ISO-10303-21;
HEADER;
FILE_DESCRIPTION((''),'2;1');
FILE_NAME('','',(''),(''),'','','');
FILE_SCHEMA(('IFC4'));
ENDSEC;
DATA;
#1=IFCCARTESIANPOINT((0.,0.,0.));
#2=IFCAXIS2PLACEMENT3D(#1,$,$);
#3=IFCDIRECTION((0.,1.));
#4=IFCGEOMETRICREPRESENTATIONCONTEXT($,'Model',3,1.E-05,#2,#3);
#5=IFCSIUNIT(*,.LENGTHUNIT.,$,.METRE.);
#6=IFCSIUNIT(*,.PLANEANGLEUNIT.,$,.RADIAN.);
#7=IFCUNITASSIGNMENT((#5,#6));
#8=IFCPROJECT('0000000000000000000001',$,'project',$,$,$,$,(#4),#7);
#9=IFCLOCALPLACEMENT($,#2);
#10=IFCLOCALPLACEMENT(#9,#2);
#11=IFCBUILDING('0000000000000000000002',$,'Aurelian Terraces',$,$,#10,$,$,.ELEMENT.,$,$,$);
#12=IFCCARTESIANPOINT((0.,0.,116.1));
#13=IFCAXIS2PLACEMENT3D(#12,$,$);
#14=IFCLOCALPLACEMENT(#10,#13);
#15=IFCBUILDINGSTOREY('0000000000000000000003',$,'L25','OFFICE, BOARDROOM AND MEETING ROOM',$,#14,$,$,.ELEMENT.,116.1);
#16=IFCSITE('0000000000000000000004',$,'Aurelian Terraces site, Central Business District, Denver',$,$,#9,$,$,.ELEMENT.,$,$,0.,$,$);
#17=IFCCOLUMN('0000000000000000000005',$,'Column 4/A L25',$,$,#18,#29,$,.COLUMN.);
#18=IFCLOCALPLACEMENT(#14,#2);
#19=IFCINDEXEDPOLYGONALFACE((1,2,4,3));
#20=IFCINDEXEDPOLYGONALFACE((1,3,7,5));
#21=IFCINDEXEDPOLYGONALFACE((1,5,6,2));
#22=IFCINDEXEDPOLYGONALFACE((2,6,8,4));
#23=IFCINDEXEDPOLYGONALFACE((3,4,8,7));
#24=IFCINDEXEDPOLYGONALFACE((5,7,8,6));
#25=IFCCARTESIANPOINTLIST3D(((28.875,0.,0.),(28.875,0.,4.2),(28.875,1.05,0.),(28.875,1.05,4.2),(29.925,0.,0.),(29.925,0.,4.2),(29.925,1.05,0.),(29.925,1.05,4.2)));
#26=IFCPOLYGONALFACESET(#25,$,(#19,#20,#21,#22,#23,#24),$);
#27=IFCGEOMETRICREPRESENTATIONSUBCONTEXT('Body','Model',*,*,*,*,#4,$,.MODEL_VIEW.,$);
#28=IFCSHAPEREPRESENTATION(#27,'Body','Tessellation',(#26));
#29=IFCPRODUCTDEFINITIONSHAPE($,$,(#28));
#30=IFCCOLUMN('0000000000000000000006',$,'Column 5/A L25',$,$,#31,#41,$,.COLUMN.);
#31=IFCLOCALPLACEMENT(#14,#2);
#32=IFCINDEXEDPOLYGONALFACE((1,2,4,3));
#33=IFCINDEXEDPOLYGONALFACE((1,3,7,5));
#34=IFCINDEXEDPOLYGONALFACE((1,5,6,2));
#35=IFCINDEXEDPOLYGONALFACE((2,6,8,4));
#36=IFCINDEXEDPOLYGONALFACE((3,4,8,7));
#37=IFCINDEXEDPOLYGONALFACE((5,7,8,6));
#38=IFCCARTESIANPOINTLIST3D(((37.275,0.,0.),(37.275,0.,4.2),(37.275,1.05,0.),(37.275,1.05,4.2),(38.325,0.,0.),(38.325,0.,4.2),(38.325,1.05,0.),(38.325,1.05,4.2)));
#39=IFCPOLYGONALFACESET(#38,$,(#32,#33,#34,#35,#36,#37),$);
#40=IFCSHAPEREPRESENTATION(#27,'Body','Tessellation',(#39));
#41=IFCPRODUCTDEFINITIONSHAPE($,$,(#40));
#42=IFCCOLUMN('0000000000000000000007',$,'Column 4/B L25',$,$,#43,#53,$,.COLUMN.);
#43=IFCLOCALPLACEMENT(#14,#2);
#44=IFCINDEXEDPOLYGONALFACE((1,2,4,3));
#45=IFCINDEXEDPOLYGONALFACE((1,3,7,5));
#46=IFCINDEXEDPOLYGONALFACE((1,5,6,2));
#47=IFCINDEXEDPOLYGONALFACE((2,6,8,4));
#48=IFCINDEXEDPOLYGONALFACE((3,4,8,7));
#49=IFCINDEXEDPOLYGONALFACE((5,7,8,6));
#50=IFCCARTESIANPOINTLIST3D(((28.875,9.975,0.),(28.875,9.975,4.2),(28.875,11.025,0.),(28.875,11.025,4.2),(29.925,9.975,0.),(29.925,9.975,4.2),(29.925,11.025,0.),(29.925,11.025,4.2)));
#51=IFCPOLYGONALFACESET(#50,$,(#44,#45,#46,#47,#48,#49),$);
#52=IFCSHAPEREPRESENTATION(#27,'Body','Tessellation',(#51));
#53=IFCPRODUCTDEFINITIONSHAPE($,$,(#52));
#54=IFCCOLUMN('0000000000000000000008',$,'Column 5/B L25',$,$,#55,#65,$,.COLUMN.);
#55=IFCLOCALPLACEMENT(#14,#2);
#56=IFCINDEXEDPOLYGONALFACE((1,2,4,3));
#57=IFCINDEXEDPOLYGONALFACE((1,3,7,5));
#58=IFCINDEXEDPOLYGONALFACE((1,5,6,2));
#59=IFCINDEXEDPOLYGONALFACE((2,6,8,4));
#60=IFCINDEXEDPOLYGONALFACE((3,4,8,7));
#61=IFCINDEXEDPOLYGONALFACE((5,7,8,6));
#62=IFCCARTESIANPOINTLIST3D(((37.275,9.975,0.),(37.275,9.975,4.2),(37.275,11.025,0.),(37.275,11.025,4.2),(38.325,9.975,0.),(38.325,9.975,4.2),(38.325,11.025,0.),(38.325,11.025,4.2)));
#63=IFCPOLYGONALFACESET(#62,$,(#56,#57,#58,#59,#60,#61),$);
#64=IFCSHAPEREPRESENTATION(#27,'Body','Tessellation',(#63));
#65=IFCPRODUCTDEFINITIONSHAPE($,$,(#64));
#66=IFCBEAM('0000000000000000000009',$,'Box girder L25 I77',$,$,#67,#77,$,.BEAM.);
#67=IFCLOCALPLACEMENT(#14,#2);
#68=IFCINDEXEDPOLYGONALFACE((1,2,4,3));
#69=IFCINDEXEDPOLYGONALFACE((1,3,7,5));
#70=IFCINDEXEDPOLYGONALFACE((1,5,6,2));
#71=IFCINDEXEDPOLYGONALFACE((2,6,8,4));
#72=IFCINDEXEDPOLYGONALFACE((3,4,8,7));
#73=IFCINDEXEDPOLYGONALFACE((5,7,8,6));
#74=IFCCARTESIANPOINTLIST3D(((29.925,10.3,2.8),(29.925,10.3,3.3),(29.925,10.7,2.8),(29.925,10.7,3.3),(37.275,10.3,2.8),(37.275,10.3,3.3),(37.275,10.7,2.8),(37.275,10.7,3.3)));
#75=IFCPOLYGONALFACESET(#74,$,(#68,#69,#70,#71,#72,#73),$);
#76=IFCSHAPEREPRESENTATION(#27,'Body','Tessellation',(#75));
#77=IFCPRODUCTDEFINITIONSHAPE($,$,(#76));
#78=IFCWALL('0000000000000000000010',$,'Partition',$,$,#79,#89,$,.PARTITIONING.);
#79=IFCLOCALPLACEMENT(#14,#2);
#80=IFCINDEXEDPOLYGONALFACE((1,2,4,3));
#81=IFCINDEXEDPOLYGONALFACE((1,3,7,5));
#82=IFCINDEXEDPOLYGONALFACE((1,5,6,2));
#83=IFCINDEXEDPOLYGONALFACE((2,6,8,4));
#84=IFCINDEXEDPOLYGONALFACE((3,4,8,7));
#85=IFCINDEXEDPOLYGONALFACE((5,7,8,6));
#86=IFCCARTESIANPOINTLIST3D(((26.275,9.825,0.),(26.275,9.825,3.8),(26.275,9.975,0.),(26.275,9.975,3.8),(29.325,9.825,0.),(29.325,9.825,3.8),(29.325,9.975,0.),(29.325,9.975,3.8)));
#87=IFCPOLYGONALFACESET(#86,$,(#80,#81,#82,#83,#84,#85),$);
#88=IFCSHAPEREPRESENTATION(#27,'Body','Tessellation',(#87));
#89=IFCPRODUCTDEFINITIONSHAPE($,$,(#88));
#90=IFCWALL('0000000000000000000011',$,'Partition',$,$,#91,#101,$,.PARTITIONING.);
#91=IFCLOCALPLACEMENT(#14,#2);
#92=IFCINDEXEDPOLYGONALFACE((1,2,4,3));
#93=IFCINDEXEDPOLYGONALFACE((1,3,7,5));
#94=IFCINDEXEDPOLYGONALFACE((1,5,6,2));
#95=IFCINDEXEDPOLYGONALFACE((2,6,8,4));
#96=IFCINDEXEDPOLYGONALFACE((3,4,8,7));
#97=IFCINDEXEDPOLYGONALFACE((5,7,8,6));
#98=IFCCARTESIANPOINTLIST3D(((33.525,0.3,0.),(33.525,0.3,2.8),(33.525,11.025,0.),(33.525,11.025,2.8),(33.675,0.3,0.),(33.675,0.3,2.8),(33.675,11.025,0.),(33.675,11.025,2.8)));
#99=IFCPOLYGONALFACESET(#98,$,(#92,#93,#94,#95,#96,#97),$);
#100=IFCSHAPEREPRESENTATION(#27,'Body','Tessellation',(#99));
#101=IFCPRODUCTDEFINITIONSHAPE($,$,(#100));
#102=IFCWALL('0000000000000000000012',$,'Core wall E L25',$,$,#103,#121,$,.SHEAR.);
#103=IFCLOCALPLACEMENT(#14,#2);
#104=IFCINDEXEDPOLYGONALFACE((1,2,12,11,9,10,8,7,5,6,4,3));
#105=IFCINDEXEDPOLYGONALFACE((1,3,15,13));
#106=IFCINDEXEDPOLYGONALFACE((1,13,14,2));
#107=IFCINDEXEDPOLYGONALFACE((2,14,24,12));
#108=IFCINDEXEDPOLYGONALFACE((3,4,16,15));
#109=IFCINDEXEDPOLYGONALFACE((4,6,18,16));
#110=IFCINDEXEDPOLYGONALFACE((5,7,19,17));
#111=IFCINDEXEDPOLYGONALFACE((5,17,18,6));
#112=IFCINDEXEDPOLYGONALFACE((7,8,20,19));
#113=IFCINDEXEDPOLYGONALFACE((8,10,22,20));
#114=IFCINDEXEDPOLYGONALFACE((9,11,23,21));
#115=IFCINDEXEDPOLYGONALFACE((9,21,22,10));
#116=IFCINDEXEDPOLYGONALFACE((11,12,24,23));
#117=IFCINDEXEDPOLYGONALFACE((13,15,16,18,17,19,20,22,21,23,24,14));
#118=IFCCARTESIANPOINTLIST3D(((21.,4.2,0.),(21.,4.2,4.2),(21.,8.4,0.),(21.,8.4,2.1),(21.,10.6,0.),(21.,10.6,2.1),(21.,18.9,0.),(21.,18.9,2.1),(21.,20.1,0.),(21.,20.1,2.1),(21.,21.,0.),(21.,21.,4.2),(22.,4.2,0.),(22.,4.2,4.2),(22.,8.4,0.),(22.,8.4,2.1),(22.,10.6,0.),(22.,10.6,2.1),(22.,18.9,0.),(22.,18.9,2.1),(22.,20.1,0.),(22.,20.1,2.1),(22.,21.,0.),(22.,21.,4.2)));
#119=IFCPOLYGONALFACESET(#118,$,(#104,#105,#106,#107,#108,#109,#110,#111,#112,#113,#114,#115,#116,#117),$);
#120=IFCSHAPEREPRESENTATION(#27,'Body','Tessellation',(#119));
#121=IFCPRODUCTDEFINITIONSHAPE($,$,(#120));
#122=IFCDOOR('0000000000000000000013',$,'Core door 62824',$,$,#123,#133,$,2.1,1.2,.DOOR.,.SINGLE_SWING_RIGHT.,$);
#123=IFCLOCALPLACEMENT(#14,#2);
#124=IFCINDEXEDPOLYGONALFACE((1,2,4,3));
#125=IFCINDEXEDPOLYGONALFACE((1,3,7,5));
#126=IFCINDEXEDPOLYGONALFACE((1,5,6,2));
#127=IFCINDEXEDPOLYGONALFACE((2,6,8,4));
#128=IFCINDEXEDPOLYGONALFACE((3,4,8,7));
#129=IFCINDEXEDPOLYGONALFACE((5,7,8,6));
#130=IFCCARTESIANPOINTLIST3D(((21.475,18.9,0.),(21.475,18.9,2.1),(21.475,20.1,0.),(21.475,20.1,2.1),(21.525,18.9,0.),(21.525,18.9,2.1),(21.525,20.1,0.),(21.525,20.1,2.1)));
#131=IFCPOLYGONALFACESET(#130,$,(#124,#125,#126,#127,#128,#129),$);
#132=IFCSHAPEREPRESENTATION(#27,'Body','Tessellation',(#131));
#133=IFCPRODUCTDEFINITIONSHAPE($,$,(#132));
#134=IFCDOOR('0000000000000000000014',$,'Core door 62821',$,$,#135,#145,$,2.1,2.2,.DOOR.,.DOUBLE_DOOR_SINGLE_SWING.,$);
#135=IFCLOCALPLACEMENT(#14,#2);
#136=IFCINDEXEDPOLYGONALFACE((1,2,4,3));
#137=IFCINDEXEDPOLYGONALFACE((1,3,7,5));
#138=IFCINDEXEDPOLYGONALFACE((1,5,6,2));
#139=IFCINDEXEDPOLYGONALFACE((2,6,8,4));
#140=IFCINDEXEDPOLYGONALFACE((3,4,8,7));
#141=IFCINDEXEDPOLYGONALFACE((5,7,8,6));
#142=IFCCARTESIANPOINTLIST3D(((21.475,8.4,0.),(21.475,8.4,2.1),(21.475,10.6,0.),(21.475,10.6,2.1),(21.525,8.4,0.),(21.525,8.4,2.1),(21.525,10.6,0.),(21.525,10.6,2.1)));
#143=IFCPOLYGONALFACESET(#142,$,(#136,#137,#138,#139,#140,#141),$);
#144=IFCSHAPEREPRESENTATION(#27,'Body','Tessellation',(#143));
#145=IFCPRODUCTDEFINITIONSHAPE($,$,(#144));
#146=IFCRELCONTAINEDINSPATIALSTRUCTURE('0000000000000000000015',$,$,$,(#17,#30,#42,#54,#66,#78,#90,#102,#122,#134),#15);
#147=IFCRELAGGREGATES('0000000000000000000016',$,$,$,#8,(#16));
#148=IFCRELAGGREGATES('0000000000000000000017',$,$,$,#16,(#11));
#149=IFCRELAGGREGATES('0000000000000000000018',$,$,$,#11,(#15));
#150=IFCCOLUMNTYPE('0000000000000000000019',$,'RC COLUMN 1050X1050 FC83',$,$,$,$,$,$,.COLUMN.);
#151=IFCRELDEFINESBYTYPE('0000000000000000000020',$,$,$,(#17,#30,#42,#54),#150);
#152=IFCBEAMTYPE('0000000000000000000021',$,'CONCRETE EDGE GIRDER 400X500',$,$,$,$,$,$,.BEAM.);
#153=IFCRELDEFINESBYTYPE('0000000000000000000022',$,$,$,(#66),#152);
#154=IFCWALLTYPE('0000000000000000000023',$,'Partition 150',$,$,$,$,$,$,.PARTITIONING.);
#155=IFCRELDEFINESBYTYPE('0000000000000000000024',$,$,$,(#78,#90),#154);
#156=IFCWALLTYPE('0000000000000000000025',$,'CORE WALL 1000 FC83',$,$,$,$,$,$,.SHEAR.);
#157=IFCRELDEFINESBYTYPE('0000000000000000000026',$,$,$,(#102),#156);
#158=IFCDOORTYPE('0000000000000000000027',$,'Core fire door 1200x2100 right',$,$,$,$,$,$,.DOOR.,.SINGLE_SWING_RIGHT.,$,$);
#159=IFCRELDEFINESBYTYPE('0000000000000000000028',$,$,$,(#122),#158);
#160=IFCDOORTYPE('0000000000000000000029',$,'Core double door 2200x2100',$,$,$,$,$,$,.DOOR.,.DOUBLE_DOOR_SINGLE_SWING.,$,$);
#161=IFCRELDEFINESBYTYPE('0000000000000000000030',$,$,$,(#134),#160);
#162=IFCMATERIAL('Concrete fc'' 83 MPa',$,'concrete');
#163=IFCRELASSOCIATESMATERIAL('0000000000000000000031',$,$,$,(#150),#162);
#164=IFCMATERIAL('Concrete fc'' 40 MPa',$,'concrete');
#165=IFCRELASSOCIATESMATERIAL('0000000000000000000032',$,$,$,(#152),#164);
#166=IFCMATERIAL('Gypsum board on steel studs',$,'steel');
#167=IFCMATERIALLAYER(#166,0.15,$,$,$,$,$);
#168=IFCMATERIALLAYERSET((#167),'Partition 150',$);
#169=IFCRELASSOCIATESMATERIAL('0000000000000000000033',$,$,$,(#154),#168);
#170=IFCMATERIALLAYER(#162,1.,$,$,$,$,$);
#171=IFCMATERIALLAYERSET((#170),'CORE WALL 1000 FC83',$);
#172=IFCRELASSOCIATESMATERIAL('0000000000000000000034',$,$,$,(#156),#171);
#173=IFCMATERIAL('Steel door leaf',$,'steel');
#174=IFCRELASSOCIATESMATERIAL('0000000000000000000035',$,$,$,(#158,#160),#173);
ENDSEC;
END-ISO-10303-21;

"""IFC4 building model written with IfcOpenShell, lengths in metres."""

from ifc_helpers import new_model, si_unit, direction, frame, frame_2d, origin, origin_2d, place, context, subcontext, project, spatial, rectangle, extrude, source, transform, mapped, material, layer, layer_set, material_profile, profile_set, type_object, element, fill, save


model = new_model("IFC4")

# Units and contexts
model_context = context("Model", 3, precision=1e-05, world=origin(), true_north=direction((0.0, 1.0)))
body_context = subcontext(model_context, "Body", "Model", "MODEL_VIEW")
ifc_project = project(units=[si_unit("LENGTHUNIT", "METRE"), si_unit("PLANEANGLEUNIT", "RADIAN")], contexts=[model_context])

# Site, building, storey
site_placement = place(None, origin())
site = spatial("IfcSite", under=ifc_project, at=site_placement, Name="Aurelian Terraces site, Central Business District, Denver", CompositionType="ELEMENT", RefElevation=0.0)
building_placement = place(site_placement, origin())
building = spatial("IfcBuilding", under=site, at=building_placement, Name="Aurelian Terraces", CompositionType="ELEMENT")
storey_placement = place(building_placement, frame((0.0, 0.0, 116.1)))
storey = spatial("IfcBuildingStorey", under=building, at=storey_placement, Name="L25", Description="OFFICE, BOARDROOM AND MEETING ROOM", CompositionType="ELEMENT", Elevation=116.1)

# Columns
ifc_material_1 = material(Name="Concrete fc' 83 MPa", Category="concrete")
ifc_material_profile_1 = material_profile(ifc_material_1, rectangle(XDim=1.05, YDim=1.05, at=origin_2d()))
ifc_profile_set_1 = profile_set([ifc_material_profile_1], Name="Concrete fc' 83 MPa")
column_type = type_object("IfcColumnType", Name="RC COLUMN 1050X1050 FC83", PredefinedType="COLUMN", material=ifc_profile_set_1)
shared_shape_1 = source(origin(), body_context, "Body", "SweptSolid", [
    extrude(rectangle(XDim=1.05, YDim=1.05, at=origin_2d()), origin(), (0.0, 0.0, 1.0), 4.2),
])
for number, where, z_axis, x_axis, name in (
    (1, (29.4, 0.525, 0.0), (0.0, 0.0, 1.0), (1.0, 0.0, 0.0), "Column 4/A L25"),
    (2, (37.8, 0.525, 0.0), (0.0, 0.0, 1.0), (1.0, 0.0, 0.0), "Column 5/A L25"),
    (3, (29.4, 10.5, 0.0), (0.0, 0.0, 1.0), (1.0, 0.0, 0.0), "Column 4/B L25"),
    (4, (37.8, 10.5, 0.0), (0.0, 0.0, 1.0), (1.0, 0.0, 0.0), "Column 5/B L25"),
):
    element("IfcColumn", number, at=place(storey_placement, frame(where, z_axis=z_axis, x_axis=x_axis)), inside=storey, type_object=column_type, Name=name, PredefinedType="COLUMN", context=body_context, shape_type="MappedRepresentation", body=[
        mapped(shared_shape_1, transform((0.0, 0.0, 0.0), scale=1.0)),
    ])

# Beam
ifc_material_2 = material(Name="Concrete fc' 40 MPa", Category="concrete")
ifc_material_profile_2 = material_profile(ifc_material_2, rectangle(XDim=0.4, YDim=0.5, at=origin_2d()))
ifc_profile_set_2 = profile_set([ifc_material_profile_2], Name="Concrete fc' 40 MPa")
beam_type = type_object("IfcBeamType", Name="CONCRETE EDGE GIRDER 400X500", PredefinedType="BEAM", material=ifc_profile_set_2)
shared_shape_2 = source(origin(), body_context, "Body", "SweptSolid", [
    extrude(rectangle(XDim=0.4, YDim=0.5, at=origin_2d()), origin(), (0.0, 0.0, 1.0), 7.35),
])
beam_placement = place(storey_placement, frame((29.925, 10.5, 3.05), z_axis=(1.0, 0.0, 0.0), x_axis=(0.0, 1.0, 0.0)))
element("IfcBeam", 5, at=beam_placement, inside=storey, type_object=beam_type, Name="Box girder L25 I77", PredefinedType="BEAM", context=body_context, shape_type="MappedRepresentation", body=[
    mapped(shared_shape_2, transform((0.0, 0.0, 0.0), scale=1.0)),
])

# Walls
ifc_material_3 = material(Name="Gypsum board on steel studs", Category="steel")
ifc_layer_1 = layer(ifc_material_3, 0.15)
ifc_layer_set_1 = layer_set([ifc_layer_1], Name="Partition 150")
wall_type_1 = type_object("IfcWallType", Name="Partition 150", PredefinedType="PARTITIONING", material=ifc_layer_set_1)
wall_1_placement = place(storey_placement, frame((29.325, 9.9, 0.0), z_axis=(0.0, 0.0, 1.0), x_axis=(-1.0, 0.0, 0.0)))
element("IfcWall", 6, at=wall_1_placement, inside=storey, type_object=wall_type_1, Name="Partition", PredefinedType="PARTITIONING", context=body_context, shape_type="SweptSolid", body=[
    extrude(rectangle(XDim=3.05, YDim=0.15, at=frame_2d((1.525, 0.0))), origin(), (0.0, 0.0, 1.0), 3.8),
])
wall_2_placement = place(storey_placement, frame((33.6, 0.3, 0.0), z_axis=(0.0, 0.0, 1.0), x_axis=(0.0, 1.0, 0.0)))
element("IfcWall", 7, at=wall_2_placement, inside=storey, type_object=wall_type_1, Name="Partition", PredefinedType="PARTITIONING", context=body_context, shape_type="SweptSolid", body=[
    extrude(rectangle(XDim=10.725, YDim=0.15, at=frame_2d((5.3625, 0.0))), origin(), (0.0, 0.0, 1.0), 2.8),
])

# Wall, openings, doors
ifc_layer_2 = layer(ifc_material_1, 1.0)
ifc_layer_set_2 = layer_set([ifc_layer_2], Name="CORE WALL 1000 FC83")
wall_type_2 = type_object("IfcWallType", Name="CORE WALL 1000 FC83", PredefinedType="SHEAR", material=ifc_layer_set_2)
shared_shape_3 = source(origin(), body_context, "Body", "SweptSolid", [
    extrude(rectangle(XDim=16.8, YDim=1.0, at=frame_2d((8.4, 0.0))), origin(), (0.0, 0.0, 1.0), 4.2),
])
wall_3_placement = place(storey_placement, frame((21.5, 4.2, 0.0), z_axis=(0.0, 0.0, 1.0), x_axis=(0.0, 1.0, 0.0)))
wall_3 = element("IfcWall", 8, at=wall_3_placement, inside=storey, type_object=wall_type_2, Name="Core wall E L25", PredefinedType="SHEAR", context=body_context, shape_type="MappedRepresentation", body=[
    mapped(shared_shape_3, transform((0.0, 0.0, 0.0), scale=1.0)),
])
shared_shape_4 = source(origin(), body_context, "Body", "SweptSolid", [
    extrude(rectangle(XDim=2.2, YDim=2.1, at=frame_2d((1.1, 1.05))), frame((0.0, 0.51, 0.0), z_axis=(0.0, -1.0, 0.0), x_axis=(1.0, 0.0, 0.0)), (0.0, 0.0, 1.0), 1.02),
])
opening_1_placement = place(wall_3_placement, frame((4.2, 0.0, 0.0)))
opening_1 = element("IfcOpeningElement", 9, at=opening_1_placement, cuts=wall_3, PredefinedType="OPENING", context=body_context, shape_type="MappedRepresentation", body=[
    mapped(shared_shape_4, transform((0.0, 0.0, 0.0), scale=1.0)),
])
shared_shape_5 = source(origin(), body_context, "Body", "SweptSolid", [
    extrude(rectangle(XDim=1.2, YDim=2.1, at=frame_2d((0.6, 1.05))), frame((0.0, 0.51, 0.0), z_axis=(0.0, -1.0, 0.0), x_axis=(1.0, 0.0, 0.0)), (0.0, 0.0, 1.0), 1.02),
])
opening_2_placement = place(wall_3_placement, frame((14.7, 0.0, 0.0)))
opening_2 = element("IfcOpeningElement", 10, at=opening_2_placement, cuts=wall_3, PredefinedType="OPENING", context=body_context, shape_type="MappedRepresentation", body=[
    mapped(shared_shape_5, transform((0.0, 0.0, 0.0), scale=1.0)),
])
ifc_material_4 = material(Name="Steel door leaf", Category="steel")
door_type_1 = type_object("IfcDoorType", Name="Core fire door 1200x2100 right", OperationType="SINGLE_SWING_RIGHT", PredefinedType="DOOR", material=ifc_material_4)
shared_shape_6 = source(origin(), body_context, "Body", "SweptSolid", [
    extrude(rectangle(XDim=1.2, YDim=2.1, at=frame_2d((0.6, 1.05))), frame((0.0, 0.025, 0.0), z_axis=(0.0, -1.0, 0.0), x_axis=(1.0, 0.0, 0.0)), (0.0, 0.0, 1.0), 0.05),
])
door_1_placement = place(opening_2_placement, origin())
door_1 = element("IfcDoor", 11, at=door_1_placement, inside=storey, type_object=door_type_1, Name="Core door 62824", OperationType="SINGLE_SWING_RIGHT", OverallHeight=2.1, OverallWidth=1.2, PredefinedType="DOOR", context=body_context, shape_type="MappedRepresentation", body=[
    mapped(shared_shape_6, transform((0.0, 0.0, 0.0), scale=1.0)),
])
fill(opening_2, door_1)
door_type_2 = type_object("IfcDoorType", Name="Core double door 2200x2100", OperationType="DOUBLE_DOOR_SINGLE_SWING", PredefinedType="DOOR", material=ifc_material_4)
shared_shape_7 = source(origin(), body_context, "Body", "SweptSolid", [
    extrude(rectangle(XDim=2.2, YDim=2.1, at=frame_2d((1.1, 1.05))), frame((0.0, 0.025, 0.0), z_axis=(0.0, -1.0, 0.0), x_axis=(1.0, 0.0, 0.0)), (0.0, 0.0, 1.0), 0.05),
])
door_2_placement = place(opening_1_placement, origin())
door_2 = element("IfcDoor", 12, at=door_2_placement, inside=storey, type_object=door_type_2, Name="Core door 62821", OperationType="DOUBLE_DOOR_SINGLE_SWING", OverallHeight=2.1, OverallWidth=2.2, PredefinedType="DOOR", context=body_context, shape_type="MappedRepresentation", body=[
    mapped(shared_shape_7, transform((0.0, 0.0, 0.0), scale=1.0)),
])
fill(opening_1, door_2)

save(model, "model.ifc")
